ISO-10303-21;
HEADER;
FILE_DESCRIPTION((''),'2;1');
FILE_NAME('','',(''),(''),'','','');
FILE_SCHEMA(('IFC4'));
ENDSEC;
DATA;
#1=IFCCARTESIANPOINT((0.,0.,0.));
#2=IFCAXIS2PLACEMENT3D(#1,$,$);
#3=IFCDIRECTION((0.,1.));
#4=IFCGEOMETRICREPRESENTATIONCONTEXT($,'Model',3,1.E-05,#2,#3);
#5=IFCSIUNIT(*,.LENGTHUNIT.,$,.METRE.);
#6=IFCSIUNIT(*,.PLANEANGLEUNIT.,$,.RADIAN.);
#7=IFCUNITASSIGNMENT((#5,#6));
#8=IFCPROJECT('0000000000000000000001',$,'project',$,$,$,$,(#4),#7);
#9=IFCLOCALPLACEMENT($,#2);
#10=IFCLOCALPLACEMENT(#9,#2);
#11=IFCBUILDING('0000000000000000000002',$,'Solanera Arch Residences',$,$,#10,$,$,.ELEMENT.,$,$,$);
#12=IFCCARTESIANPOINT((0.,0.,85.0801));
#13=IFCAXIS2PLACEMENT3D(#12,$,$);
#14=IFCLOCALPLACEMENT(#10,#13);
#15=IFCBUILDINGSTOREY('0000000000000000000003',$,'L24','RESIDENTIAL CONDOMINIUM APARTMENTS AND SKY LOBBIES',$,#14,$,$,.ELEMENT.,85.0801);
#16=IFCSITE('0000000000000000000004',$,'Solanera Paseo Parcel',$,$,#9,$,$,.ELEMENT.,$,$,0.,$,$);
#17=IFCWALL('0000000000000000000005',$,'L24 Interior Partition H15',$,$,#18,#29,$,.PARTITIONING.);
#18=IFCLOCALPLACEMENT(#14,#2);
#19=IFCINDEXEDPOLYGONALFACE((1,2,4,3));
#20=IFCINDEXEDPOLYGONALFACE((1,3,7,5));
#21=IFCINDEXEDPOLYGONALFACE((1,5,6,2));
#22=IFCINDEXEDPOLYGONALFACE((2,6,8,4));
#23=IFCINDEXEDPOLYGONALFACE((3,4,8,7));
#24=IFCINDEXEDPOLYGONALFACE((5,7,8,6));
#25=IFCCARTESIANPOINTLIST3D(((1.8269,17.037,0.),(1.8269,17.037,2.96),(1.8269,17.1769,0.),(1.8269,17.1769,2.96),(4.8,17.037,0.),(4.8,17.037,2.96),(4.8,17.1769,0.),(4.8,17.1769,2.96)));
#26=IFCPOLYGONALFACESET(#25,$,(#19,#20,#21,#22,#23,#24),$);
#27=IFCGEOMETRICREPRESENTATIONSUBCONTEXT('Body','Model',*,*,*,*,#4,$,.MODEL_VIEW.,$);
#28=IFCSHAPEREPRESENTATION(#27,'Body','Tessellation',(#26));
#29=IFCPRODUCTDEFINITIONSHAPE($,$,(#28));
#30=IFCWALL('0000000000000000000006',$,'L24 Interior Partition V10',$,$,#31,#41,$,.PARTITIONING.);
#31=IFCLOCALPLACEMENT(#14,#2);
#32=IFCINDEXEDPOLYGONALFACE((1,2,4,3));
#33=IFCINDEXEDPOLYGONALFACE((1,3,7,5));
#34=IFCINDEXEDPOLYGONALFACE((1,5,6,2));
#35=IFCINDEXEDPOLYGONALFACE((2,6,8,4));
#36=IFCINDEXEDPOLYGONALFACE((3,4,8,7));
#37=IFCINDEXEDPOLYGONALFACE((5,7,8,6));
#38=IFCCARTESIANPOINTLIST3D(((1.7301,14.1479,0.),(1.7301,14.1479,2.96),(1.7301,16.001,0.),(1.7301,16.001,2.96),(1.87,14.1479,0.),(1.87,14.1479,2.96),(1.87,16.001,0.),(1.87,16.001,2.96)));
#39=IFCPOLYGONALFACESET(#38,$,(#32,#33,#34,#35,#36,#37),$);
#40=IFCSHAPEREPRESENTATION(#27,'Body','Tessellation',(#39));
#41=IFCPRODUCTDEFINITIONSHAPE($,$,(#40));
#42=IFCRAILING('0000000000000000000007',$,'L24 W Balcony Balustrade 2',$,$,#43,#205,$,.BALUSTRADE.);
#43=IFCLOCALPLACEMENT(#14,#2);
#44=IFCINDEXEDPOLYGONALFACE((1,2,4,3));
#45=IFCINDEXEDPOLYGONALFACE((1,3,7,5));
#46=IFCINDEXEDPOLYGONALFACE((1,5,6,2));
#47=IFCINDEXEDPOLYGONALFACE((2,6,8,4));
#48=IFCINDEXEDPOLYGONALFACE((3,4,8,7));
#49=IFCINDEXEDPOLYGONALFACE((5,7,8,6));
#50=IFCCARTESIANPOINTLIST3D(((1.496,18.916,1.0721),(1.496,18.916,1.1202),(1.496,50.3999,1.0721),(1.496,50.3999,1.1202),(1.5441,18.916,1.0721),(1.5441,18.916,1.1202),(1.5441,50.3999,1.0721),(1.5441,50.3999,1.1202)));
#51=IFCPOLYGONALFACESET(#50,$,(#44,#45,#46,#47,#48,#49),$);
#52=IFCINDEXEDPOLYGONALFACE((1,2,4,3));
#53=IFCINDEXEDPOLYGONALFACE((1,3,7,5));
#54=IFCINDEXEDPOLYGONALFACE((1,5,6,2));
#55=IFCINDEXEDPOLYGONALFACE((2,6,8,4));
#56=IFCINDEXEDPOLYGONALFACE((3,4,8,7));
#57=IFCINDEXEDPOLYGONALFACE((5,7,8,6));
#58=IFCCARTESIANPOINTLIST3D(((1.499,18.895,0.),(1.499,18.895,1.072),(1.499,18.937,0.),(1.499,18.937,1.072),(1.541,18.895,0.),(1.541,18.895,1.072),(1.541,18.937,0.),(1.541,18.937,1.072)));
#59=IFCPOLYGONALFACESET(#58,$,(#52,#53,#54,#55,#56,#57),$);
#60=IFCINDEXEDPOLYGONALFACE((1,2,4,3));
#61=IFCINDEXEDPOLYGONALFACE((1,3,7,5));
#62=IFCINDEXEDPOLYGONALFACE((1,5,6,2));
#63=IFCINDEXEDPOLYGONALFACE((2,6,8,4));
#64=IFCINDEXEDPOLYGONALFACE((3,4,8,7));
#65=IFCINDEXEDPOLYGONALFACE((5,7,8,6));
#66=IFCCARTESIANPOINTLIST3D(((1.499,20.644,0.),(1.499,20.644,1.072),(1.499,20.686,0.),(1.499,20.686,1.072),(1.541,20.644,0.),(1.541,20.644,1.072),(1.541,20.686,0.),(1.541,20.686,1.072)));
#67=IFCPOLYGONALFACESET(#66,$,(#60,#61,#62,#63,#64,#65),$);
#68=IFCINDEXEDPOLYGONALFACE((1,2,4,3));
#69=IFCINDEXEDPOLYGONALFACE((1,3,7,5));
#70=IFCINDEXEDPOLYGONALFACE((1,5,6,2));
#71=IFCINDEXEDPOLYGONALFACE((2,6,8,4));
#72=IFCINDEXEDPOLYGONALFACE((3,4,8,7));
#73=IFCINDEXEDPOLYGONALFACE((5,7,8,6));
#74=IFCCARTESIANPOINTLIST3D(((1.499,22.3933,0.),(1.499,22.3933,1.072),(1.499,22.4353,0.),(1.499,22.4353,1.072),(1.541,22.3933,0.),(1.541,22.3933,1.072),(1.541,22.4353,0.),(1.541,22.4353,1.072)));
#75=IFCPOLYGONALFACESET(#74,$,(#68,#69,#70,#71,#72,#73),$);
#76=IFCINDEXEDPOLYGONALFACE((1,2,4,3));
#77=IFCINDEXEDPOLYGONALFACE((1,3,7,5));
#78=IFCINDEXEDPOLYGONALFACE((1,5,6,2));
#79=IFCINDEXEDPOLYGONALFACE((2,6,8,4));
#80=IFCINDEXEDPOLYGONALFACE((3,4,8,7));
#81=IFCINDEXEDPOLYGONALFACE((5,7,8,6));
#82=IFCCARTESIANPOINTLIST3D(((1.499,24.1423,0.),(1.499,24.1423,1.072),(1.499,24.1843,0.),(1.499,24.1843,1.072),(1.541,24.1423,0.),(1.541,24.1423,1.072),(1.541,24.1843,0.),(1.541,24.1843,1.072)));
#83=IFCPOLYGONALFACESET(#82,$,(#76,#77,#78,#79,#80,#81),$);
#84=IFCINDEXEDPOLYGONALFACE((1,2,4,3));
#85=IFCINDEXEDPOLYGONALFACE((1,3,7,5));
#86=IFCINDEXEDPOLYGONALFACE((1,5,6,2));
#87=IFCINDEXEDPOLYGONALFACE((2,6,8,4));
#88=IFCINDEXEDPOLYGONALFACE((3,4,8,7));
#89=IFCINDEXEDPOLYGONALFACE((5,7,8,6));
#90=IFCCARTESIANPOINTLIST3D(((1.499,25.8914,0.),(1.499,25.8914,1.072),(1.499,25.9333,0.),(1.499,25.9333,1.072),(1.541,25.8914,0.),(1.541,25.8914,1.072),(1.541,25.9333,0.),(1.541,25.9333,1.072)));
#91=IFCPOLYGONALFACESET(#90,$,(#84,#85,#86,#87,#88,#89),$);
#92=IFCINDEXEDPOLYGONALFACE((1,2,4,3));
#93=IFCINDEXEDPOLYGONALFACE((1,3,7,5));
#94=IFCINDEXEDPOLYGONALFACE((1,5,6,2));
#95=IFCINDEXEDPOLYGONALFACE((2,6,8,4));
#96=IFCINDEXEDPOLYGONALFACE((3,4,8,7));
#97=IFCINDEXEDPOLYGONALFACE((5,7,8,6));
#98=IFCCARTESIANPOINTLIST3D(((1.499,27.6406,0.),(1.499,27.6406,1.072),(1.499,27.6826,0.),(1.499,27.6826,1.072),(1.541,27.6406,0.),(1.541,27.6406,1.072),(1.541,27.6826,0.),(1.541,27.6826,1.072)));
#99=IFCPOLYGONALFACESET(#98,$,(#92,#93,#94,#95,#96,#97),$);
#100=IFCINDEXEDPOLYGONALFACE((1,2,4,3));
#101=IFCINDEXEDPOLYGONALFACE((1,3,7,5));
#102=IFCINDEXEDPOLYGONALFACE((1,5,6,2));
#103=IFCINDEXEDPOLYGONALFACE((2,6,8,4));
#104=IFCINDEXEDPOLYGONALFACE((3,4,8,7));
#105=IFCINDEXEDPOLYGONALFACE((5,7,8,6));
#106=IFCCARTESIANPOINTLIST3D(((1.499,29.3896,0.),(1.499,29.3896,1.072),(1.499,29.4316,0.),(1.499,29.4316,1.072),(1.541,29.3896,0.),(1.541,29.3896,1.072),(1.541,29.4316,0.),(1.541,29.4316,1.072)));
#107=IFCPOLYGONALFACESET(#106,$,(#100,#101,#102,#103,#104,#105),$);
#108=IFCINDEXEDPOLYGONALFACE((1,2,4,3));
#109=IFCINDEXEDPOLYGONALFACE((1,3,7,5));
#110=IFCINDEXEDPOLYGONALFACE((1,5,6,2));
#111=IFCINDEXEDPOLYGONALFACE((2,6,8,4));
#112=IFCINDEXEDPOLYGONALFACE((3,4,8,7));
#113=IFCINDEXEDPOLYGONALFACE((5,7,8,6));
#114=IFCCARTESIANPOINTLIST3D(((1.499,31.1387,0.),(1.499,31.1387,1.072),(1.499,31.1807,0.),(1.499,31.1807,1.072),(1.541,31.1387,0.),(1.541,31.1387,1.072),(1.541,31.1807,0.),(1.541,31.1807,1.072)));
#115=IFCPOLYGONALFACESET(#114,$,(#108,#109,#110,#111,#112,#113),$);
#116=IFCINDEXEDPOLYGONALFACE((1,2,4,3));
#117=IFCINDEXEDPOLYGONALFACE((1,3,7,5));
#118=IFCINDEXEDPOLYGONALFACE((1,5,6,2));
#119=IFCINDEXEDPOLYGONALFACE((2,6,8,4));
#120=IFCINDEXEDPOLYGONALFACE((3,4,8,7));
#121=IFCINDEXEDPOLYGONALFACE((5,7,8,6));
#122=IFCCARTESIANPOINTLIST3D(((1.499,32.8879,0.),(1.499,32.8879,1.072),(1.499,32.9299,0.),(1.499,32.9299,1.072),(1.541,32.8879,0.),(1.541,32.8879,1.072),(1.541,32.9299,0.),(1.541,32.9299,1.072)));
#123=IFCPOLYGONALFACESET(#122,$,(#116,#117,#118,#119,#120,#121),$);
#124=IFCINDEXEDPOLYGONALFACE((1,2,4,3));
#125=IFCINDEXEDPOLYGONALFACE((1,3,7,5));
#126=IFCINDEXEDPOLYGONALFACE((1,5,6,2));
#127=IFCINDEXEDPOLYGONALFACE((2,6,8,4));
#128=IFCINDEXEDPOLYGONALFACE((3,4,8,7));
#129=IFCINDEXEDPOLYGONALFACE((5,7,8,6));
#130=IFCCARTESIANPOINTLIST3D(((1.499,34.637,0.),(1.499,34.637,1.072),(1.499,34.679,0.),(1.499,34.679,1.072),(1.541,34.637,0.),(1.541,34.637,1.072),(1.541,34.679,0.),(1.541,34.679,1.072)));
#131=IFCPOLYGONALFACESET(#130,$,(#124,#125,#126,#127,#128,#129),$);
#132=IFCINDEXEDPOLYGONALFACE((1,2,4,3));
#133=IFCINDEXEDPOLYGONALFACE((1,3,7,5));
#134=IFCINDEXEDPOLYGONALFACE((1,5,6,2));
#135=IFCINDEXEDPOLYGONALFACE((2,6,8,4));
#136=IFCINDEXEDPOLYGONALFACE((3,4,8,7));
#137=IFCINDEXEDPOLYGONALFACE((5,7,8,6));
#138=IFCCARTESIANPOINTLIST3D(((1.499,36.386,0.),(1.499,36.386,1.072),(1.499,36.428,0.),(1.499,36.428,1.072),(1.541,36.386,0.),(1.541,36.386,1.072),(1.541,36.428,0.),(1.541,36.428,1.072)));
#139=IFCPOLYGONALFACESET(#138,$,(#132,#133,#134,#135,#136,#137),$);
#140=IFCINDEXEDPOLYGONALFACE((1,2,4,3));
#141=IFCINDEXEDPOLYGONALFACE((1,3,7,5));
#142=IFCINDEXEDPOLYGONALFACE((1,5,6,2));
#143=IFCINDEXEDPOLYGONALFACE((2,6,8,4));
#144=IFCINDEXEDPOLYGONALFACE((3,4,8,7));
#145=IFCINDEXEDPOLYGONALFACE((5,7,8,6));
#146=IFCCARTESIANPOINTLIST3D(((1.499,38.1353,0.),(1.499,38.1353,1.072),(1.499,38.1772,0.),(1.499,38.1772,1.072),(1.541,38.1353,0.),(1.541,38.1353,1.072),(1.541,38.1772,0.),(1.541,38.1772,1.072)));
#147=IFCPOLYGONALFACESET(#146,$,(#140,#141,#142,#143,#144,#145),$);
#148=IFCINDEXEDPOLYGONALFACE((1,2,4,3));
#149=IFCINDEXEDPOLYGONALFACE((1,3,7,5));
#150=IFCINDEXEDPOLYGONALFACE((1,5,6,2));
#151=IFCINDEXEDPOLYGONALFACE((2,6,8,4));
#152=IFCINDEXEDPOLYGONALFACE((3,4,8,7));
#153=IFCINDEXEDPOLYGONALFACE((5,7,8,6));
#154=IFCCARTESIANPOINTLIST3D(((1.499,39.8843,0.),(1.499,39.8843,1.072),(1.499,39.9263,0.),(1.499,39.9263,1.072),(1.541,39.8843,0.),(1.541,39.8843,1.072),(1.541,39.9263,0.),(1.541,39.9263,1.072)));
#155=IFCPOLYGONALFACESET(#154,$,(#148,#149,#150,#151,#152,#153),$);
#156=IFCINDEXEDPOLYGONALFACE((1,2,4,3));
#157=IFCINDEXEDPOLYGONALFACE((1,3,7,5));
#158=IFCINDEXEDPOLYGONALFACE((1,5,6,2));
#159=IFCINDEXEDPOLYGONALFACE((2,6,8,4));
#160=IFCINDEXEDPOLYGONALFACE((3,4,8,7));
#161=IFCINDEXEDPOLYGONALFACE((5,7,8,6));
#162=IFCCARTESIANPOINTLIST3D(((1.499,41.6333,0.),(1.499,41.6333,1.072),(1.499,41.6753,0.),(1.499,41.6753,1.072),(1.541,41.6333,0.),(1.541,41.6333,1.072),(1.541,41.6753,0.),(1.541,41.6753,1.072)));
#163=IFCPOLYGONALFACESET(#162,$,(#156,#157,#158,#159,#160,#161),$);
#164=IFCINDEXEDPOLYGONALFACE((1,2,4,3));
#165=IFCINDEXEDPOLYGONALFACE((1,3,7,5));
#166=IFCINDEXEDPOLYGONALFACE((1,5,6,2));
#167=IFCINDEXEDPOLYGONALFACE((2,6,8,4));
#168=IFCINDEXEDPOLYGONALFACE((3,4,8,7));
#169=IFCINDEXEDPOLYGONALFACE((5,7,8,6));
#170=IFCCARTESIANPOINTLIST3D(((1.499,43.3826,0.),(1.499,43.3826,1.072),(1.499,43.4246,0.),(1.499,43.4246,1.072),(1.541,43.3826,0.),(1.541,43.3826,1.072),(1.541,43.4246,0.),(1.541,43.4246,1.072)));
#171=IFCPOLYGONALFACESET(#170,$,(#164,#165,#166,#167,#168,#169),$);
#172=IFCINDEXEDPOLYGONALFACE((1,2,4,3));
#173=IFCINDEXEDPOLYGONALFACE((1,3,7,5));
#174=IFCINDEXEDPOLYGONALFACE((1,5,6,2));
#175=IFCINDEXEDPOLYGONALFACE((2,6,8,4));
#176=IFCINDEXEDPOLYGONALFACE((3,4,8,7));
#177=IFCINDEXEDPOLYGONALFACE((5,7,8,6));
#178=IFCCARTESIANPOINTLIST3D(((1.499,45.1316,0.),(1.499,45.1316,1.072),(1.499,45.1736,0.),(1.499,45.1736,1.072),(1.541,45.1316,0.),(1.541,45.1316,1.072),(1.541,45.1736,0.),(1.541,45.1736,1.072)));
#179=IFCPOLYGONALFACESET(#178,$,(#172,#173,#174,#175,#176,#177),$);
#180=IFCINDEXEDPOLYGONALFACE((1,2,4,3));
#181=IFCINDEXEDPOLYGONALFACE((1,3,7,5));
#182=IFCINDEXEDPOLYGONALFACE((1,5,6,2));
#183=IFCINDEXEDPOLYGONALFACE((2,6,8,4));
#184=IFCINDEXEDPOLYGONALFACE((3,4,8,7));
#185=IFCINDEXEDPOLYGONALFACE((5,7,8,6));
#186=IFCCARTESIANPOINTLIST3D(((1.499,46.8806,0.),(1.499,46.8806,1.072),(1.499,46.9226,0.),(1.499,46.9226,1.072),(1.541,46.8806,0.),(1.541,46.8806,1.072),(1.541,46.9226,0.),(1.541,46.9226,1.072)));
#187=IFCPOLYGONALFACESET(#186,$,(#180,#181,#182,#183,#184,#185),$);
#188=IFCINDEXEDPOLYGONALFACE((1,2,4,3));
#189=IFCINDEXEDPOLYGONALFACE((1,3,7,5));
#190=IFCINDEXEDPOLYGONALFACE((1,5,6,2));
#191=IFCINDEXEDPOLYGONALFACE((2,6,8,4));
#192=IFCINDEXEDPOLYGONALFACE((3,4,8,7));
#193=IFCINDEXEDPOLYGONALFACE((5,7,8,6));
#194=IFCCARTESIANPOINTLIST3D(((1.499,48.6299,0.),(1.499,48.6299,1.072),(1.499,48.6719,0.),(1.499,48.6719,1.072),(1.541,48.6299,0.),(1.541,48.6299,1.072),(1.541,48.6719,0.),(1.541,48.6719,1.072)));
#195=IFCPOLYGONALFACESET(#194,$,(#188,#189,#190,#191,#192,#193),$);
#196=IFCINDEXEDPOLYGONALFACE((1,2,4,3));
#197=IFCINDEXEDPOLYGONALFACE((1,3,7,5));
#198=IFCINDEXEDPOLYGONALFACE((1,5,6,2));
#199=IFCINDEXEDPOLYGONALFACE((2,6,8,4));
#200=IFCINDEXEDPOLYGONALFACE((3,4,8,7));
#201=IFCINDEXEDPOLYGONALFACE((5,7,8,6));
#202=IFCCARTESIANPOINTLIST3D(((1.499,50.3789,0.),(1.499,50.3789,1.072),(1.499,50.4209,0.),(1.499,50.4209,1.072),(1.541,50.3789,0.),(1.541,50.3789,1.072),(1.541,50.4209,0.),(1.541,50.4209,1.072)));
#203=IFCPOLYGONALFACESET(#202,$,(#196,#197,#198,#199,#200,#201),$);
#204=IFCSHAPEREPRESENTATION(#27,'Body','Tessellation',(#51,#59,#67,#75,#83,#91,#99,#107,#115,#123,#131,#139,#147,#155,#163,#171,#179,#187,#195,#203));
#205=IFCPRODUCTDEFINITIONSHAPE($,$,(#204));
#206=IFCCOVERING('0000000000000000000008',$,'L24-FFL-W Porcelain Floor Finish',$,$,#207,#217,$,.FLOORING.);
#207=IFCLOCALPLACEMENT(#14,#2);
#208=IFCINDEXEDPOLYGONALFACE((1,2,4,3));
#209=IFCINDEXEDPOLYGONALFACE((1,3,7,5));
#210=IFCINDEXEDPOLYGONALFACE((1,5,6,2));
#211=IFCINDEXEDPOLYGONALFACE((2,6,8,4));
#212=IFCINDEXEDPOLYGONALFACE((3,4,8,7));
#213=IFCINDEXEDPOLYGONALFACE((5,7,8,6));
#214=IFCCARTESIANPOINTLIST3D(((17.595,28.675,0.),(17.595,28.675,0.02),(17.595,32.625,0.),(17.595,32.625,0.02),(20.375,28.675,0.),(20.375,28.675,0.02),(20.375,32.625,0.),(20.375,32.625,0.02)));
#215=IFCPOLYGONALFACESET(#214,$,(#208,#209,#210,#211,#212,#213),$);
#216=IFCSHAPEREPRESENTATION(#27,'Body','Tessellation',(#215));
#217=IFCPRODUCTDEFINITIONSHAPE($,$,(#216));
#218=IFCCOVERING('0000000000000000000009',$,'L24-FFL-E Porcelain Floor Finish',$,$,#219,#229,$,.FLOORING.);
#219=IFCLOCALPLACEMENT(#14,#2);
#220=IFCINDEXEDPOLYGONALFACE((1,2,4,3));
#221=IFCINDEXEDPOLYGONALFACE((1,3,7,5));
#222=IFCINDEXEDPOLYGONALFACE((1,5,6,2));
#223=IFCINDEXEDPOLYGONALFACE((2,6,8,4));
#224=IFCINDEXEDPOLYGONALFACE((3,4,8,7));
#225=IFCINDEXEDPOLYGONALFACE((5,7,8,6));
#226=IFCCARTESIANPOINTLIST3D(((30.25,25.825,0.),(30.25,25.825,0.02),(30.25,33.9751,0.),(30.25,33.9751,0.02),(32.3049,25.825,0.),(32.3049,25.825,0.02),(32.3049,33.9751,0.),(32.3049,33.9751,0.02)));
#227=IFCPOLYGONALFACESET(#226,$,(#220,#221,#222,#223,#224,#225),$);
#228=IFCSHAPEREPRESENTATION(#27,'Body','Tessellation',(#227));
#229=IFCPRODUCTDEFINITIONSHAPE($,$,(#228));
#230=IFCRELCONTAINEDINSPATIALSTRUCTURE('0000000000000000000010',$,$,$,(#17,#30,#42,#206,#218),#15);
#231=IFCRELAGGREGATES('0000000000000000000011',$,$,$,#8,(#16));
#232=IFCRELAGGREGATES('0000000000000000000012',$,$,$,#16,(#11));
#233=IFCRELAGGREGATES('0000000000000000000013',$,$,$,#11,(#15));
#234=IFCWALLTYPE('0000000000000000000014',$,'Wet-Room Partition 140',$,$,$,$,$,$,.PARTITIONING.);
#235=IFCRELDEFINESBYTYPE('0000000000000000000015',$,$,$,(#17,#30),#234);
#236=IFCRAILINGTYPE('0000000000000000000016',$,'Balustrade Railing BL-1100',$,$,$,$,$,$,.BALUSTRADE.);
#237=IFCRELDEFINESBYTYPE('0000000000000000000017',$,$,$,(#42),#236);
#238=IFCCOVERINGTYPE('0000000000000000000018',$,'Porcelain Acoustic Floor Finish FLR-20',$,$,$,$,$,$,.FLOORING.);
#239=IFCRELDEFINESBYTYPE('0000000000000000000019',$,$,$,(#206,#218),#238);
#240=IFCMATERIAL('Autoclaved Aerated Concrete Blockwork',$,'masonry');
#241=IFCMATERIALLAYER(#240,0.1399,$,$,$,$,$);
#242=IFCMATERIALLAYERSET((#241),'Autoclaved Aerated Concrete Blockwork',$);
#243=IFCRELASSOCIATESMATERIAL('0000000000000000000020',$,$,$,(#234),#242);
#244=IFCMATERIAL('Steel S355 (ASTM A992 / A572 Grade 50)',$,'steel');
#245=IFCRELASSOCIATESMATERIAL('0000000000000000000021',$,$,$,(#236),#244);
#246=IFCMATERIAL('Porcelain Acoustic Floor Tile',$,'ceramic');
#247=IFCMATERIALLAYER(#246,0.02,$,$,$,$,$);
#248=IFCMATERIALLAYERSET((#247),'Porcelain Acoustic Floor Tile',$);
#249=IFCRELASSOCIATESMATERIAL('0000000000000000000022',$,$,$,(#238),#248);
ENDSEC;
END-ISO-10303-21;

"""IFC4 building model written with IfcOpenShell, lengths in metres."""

from ifc_helpers import new_model, si_unit, direction, frame, frame_2d, origin, origin_2d, place, context, subcontext, project, spatial, polyline, rectangle, outline, extrude, material, layer, layer_set, type_object, element, save


model = new_model("IFC4")

# Units and contexts
model_context = context("Model", 3, precision=1e-05, world=origin(), true_north=direction((0.0, 1.0)))
body_context = subcontext(model_context, "Body", "Model", "MODEL_VIEW")
ifc_project = project(units=[si_unit("LENGTHUNIT", "METRE"), si_unit("PLANEANGLEUNIT", "RADIAN")], contexts=[model_context])

# Site, building, storey
site_placement = place(None, origin())
site = spatial("IfcSite", under=ifc_project, at=site_placement, Name="Solanera Paseo Parcel", CompositionType="ELEMENT", RefElevation=0.0)
building_placement = place(site_placement, origin())
building = spatial("IfcBuilding", under=site, at=building_placement, Name="Solanera Arch Residences", CompositionType="ELEMENT")
storey_placement = place(building_placement, frame((0.0, 0.0, 85.0801)))
storey = spatial("IfcBuildingStorey", under=building, at=storey_placement, Name="L24", Description="RESIDENTIAL CONDOMINIUM APARTMENTS AND SKY LOBBIES", CompositionType="ELEMENT", Elevation=85.0801)

# Walls
ifc_material_1 = material(Name="Autoclaved Aerated Concrete Blockwork", Category="masonry")
ifc_layer_1 = layer(ifc_material_1, 0.1399)
ifc_layer_set_1 = layer_set([ifc_layer_1], Name="Autoclaved Aerated Concrete Blockwork")
wall_type_1 = type_object("IfcWallType", Name="Wet-Room Partition 140", PredefinedType="PARTITIONING", material=ifc_layer_set_1)
wall_1_placement = place(storey_placement, frame((1.8269, 17.1069, 0.0), z_axis=(0.0, 0.0, 1.0), x_axis=(1.0, 0.0, 0.0)))
element("IfcWall", 1, at=wall_1_placement, inside=storey, type_object=wall_type_1, Name="L24 Interior Partition H15", PredefinedType="PARTITIONING", context=body_context, shape_type="SweptSolid", body=[
    extrude(rectangle(XDim=2.9731, YDim=0.1399, at=frame_2d((1.4866, 0.0))), origin(), (0.0, 0.0, 1.0), 2.96),
])
wall_2_placement = place(storey_placement, frame((1.8, 14.1479, 0.0), z_axis=(0.0, 0.0, 1.0), x_axis=(0.0, 1.0, 0.0)))
element("IfcWall", 2, at=wall_2_placement, inside=storey, type_object=wall_type_1, Name="L24 Interior Partition V10", PredefinedType="PARTITIONING", context=body_context, shape_type="SweptSolid", body=[
    extrude(rectangle(XDim=1.853, YDim=0.1399, at=frame_2d((0.9265, 0.0))), origin(), (0.0, 0.0, 1.0), 2.96),
])

# Railing
ifc_material_2 = material(Name="Steel S355 (ASTM A992 / A572 Grade 50)", Category="steel")
railing_type = type_object("IfcRailingType", Name="Balustrade Railing BL-1100", PredefinedType="BALUSTRADE", material=ifc_material_2)
railing_placement = place(storey_placement, frame((1.52, 18.916, 0.0)))
element("IfcRailing", 3, at=railing_placement, inside=storey, type_object=railing_type, Name="L24 W Balcony Balustrade 2", PredefinedType="BALUSTRADE", context=body_context, shape_type="SweptSolid", body=[
    extrude(rectangle(XDim=0.0481, YDim=0.0481, at=origin_2d()), frame((0.0, 0.0, 1.0962), z_axis=(0.0, 1.0, 0.0), x_axis=(-1.0, 0.0, 0.0)), (0.0, 0.0, 1.0), 31.4839),
    extrude(rectangle(XDim=0.042, YDim=0.042, at=origin_2d()), origin(), (0.0, 0.0, 1.0), 1.072),
    extrude(rectangle(XDim=0.042, YDim=0.042, at=origin_2d()), frame((0.0, 1.749, 0.0)), (0.0, 0.0, 1.0), 1.072),
    extrude(rectangle(XDim=0.042, YDim=0.042, at=origin_2d()), frame((0.0, 3.4983, 0.0)), (0.0, 0.0, 1.0), 1.072),
    extrude(rectangle(XDim=0.042, YDim=0.042, at=origin_2d()), frame((0.0, 5.2473, 0.0)), (0.0, 0.0, 1.0), 1.072),
    extrude(rectangle(XDim=0.042, YDim=0.042, at=origin_2d()), frame((0.0, 6.9963, 0.0)), (0.0, 0.0, 1.0), 1.072),
    extrude(rectangle(XDim=0.042, YDim=0.042, at=origin_2d()), frame((0.0, 8.7456, 0.0)), (0.0, 0.0, 1.0), 1.072),
    extrude(rectangle(XDim=0.042, YDim=0.042, at=origin_2d()), frame((0.0, 10.4946, 0.0)), (0.0, 0.0, 1.0), 1.072),
    extrude(rectangle(XDim=0.042, YDim=0.042, at=origin_2d()), frame((0.0, 12.2437, 0.0)), (0.0, 0.0, 1.0), 1.072),
    extrude(rectangle(XDim=0.042, YDim=0.042, at=origin_2d()), frame((0.0, 13.9929, 0.0)), (0.0, 0.0, 1.0), 1.072),
    extrude(rectangle(XDim=0.042, YDim=0.042, at=origin_2d()), frame((0.0, 15.7419, 0.0)), (0.0, 0.0, 1.0), 1.072),
    extrude(rectangle(XDim=0.042, YDim=0.042, at=origin_2d()), frame((0.0, 17.491, 0.0)), (0.0, 0.0, 1.0), 1.072),
    extrude(rectangle(XDim=0.042, YDim=0.042, at=origin_2d()), frame((0.0, 19.2402, 0.0)), (0.0, 0.0, 1.0), 1.072),
    extrude(rectangle(XDim=0.042, YDim=0.042, at=origin_2d()), frame((0.0, 20.9893, 0.0)), (0.0, 0.0, 1.0), 1.072),
    extrude(rectangle(XDim=0.042, YDim=0.042, at=origin_2d()), frame((0.0, 22.7383, 0.0)), (0.0, 0.0, 1.0), 1.072),
    extrude(rectangle(XDim=0.042, YDim=0.042, at=origin_2d()), frame((0.0, 24.4875, 0.0)), (0.0, 0.0, 1.0), 1.072),
    extrude(rectangle(XDim=0.042, YDim=0.042, at=origin_2d()), frame((0.0, 26.2366, 0.0)), (0.0, 0.0, 1.0), 1.072),
    extrude(rectangle(XDim=0.042, YDim=0.042, at=origin_2d()), frame((0.0, 27.9856, 0.0)), (0.0, 0.0, 1.0), 1.072),
    extrude(rectangle(XDim=0.042, YDim=0.042, at=origin_2d()), frame((0.0, 29.7349, 0.0)), (0.0, 0.0, 1.0), 1.072),
    extrude(rectangle(XDim=0.042, YDim=0.042, at=origin_2d()), frame((0.0, 31.4839, 0.0)), (0.0, 0.0, 1.0), 1.072),
])

# Coverings
ifc_material_3 = material(Name="Porcelain Acoustic Floor Tile", Category="ceramic")
ifc_layer_2 = layer(ifc_material_3, 0.02)
ifc_layer_set_2 = layer_set([ifc_layer_2], Name="Porcelain Acoustic Floor Tile")
covering_type_1 = type_object("IfcCoveringType", Name="Porcelain Acoustic Floor Finish FLR-20", PredefinedType="FLOORING", material=ifc_layer_set_2)
covering_1_placement = place(storey_placement, origin())
element("IfcCovering", 4, at=covering_1_placement, inside=storey, type_object=covering_type_1, Name="L24-FFL-W Porcelain Floor Finish", PredefinedType="FLOORING", context=body_context, shape_type="SweptSolid", body=[
    extrude(outline(polyline([(20.375, 28.675), (17.595, 28.675), (17.595, 32.625), (20.375, 32.625), (20.375, 28.675)])), origin(), (0.0, 0.0, 1.0), 0.02),
])
covering_2_placement = place(storey_placement, origin())
element("IfcCovering", 5, at=covering_2_placement, inside=storey, type_object=covering_type_1, Name="L24-FFL-E Porcelain Floor Finish", PredefinedType="FLOORING", context=body_context, shape_type="SweptSolid", body=[
    extrude(outline(polyline([(32.3049, 25.825), (30.25, 25.825), (30.25, 33.9751), (32.3049, 33.9751), (32.3049, 25.825)])), origin(), (0.0, 0.0, 1.0), 0.02),
])

save(model, "model.ifc")
